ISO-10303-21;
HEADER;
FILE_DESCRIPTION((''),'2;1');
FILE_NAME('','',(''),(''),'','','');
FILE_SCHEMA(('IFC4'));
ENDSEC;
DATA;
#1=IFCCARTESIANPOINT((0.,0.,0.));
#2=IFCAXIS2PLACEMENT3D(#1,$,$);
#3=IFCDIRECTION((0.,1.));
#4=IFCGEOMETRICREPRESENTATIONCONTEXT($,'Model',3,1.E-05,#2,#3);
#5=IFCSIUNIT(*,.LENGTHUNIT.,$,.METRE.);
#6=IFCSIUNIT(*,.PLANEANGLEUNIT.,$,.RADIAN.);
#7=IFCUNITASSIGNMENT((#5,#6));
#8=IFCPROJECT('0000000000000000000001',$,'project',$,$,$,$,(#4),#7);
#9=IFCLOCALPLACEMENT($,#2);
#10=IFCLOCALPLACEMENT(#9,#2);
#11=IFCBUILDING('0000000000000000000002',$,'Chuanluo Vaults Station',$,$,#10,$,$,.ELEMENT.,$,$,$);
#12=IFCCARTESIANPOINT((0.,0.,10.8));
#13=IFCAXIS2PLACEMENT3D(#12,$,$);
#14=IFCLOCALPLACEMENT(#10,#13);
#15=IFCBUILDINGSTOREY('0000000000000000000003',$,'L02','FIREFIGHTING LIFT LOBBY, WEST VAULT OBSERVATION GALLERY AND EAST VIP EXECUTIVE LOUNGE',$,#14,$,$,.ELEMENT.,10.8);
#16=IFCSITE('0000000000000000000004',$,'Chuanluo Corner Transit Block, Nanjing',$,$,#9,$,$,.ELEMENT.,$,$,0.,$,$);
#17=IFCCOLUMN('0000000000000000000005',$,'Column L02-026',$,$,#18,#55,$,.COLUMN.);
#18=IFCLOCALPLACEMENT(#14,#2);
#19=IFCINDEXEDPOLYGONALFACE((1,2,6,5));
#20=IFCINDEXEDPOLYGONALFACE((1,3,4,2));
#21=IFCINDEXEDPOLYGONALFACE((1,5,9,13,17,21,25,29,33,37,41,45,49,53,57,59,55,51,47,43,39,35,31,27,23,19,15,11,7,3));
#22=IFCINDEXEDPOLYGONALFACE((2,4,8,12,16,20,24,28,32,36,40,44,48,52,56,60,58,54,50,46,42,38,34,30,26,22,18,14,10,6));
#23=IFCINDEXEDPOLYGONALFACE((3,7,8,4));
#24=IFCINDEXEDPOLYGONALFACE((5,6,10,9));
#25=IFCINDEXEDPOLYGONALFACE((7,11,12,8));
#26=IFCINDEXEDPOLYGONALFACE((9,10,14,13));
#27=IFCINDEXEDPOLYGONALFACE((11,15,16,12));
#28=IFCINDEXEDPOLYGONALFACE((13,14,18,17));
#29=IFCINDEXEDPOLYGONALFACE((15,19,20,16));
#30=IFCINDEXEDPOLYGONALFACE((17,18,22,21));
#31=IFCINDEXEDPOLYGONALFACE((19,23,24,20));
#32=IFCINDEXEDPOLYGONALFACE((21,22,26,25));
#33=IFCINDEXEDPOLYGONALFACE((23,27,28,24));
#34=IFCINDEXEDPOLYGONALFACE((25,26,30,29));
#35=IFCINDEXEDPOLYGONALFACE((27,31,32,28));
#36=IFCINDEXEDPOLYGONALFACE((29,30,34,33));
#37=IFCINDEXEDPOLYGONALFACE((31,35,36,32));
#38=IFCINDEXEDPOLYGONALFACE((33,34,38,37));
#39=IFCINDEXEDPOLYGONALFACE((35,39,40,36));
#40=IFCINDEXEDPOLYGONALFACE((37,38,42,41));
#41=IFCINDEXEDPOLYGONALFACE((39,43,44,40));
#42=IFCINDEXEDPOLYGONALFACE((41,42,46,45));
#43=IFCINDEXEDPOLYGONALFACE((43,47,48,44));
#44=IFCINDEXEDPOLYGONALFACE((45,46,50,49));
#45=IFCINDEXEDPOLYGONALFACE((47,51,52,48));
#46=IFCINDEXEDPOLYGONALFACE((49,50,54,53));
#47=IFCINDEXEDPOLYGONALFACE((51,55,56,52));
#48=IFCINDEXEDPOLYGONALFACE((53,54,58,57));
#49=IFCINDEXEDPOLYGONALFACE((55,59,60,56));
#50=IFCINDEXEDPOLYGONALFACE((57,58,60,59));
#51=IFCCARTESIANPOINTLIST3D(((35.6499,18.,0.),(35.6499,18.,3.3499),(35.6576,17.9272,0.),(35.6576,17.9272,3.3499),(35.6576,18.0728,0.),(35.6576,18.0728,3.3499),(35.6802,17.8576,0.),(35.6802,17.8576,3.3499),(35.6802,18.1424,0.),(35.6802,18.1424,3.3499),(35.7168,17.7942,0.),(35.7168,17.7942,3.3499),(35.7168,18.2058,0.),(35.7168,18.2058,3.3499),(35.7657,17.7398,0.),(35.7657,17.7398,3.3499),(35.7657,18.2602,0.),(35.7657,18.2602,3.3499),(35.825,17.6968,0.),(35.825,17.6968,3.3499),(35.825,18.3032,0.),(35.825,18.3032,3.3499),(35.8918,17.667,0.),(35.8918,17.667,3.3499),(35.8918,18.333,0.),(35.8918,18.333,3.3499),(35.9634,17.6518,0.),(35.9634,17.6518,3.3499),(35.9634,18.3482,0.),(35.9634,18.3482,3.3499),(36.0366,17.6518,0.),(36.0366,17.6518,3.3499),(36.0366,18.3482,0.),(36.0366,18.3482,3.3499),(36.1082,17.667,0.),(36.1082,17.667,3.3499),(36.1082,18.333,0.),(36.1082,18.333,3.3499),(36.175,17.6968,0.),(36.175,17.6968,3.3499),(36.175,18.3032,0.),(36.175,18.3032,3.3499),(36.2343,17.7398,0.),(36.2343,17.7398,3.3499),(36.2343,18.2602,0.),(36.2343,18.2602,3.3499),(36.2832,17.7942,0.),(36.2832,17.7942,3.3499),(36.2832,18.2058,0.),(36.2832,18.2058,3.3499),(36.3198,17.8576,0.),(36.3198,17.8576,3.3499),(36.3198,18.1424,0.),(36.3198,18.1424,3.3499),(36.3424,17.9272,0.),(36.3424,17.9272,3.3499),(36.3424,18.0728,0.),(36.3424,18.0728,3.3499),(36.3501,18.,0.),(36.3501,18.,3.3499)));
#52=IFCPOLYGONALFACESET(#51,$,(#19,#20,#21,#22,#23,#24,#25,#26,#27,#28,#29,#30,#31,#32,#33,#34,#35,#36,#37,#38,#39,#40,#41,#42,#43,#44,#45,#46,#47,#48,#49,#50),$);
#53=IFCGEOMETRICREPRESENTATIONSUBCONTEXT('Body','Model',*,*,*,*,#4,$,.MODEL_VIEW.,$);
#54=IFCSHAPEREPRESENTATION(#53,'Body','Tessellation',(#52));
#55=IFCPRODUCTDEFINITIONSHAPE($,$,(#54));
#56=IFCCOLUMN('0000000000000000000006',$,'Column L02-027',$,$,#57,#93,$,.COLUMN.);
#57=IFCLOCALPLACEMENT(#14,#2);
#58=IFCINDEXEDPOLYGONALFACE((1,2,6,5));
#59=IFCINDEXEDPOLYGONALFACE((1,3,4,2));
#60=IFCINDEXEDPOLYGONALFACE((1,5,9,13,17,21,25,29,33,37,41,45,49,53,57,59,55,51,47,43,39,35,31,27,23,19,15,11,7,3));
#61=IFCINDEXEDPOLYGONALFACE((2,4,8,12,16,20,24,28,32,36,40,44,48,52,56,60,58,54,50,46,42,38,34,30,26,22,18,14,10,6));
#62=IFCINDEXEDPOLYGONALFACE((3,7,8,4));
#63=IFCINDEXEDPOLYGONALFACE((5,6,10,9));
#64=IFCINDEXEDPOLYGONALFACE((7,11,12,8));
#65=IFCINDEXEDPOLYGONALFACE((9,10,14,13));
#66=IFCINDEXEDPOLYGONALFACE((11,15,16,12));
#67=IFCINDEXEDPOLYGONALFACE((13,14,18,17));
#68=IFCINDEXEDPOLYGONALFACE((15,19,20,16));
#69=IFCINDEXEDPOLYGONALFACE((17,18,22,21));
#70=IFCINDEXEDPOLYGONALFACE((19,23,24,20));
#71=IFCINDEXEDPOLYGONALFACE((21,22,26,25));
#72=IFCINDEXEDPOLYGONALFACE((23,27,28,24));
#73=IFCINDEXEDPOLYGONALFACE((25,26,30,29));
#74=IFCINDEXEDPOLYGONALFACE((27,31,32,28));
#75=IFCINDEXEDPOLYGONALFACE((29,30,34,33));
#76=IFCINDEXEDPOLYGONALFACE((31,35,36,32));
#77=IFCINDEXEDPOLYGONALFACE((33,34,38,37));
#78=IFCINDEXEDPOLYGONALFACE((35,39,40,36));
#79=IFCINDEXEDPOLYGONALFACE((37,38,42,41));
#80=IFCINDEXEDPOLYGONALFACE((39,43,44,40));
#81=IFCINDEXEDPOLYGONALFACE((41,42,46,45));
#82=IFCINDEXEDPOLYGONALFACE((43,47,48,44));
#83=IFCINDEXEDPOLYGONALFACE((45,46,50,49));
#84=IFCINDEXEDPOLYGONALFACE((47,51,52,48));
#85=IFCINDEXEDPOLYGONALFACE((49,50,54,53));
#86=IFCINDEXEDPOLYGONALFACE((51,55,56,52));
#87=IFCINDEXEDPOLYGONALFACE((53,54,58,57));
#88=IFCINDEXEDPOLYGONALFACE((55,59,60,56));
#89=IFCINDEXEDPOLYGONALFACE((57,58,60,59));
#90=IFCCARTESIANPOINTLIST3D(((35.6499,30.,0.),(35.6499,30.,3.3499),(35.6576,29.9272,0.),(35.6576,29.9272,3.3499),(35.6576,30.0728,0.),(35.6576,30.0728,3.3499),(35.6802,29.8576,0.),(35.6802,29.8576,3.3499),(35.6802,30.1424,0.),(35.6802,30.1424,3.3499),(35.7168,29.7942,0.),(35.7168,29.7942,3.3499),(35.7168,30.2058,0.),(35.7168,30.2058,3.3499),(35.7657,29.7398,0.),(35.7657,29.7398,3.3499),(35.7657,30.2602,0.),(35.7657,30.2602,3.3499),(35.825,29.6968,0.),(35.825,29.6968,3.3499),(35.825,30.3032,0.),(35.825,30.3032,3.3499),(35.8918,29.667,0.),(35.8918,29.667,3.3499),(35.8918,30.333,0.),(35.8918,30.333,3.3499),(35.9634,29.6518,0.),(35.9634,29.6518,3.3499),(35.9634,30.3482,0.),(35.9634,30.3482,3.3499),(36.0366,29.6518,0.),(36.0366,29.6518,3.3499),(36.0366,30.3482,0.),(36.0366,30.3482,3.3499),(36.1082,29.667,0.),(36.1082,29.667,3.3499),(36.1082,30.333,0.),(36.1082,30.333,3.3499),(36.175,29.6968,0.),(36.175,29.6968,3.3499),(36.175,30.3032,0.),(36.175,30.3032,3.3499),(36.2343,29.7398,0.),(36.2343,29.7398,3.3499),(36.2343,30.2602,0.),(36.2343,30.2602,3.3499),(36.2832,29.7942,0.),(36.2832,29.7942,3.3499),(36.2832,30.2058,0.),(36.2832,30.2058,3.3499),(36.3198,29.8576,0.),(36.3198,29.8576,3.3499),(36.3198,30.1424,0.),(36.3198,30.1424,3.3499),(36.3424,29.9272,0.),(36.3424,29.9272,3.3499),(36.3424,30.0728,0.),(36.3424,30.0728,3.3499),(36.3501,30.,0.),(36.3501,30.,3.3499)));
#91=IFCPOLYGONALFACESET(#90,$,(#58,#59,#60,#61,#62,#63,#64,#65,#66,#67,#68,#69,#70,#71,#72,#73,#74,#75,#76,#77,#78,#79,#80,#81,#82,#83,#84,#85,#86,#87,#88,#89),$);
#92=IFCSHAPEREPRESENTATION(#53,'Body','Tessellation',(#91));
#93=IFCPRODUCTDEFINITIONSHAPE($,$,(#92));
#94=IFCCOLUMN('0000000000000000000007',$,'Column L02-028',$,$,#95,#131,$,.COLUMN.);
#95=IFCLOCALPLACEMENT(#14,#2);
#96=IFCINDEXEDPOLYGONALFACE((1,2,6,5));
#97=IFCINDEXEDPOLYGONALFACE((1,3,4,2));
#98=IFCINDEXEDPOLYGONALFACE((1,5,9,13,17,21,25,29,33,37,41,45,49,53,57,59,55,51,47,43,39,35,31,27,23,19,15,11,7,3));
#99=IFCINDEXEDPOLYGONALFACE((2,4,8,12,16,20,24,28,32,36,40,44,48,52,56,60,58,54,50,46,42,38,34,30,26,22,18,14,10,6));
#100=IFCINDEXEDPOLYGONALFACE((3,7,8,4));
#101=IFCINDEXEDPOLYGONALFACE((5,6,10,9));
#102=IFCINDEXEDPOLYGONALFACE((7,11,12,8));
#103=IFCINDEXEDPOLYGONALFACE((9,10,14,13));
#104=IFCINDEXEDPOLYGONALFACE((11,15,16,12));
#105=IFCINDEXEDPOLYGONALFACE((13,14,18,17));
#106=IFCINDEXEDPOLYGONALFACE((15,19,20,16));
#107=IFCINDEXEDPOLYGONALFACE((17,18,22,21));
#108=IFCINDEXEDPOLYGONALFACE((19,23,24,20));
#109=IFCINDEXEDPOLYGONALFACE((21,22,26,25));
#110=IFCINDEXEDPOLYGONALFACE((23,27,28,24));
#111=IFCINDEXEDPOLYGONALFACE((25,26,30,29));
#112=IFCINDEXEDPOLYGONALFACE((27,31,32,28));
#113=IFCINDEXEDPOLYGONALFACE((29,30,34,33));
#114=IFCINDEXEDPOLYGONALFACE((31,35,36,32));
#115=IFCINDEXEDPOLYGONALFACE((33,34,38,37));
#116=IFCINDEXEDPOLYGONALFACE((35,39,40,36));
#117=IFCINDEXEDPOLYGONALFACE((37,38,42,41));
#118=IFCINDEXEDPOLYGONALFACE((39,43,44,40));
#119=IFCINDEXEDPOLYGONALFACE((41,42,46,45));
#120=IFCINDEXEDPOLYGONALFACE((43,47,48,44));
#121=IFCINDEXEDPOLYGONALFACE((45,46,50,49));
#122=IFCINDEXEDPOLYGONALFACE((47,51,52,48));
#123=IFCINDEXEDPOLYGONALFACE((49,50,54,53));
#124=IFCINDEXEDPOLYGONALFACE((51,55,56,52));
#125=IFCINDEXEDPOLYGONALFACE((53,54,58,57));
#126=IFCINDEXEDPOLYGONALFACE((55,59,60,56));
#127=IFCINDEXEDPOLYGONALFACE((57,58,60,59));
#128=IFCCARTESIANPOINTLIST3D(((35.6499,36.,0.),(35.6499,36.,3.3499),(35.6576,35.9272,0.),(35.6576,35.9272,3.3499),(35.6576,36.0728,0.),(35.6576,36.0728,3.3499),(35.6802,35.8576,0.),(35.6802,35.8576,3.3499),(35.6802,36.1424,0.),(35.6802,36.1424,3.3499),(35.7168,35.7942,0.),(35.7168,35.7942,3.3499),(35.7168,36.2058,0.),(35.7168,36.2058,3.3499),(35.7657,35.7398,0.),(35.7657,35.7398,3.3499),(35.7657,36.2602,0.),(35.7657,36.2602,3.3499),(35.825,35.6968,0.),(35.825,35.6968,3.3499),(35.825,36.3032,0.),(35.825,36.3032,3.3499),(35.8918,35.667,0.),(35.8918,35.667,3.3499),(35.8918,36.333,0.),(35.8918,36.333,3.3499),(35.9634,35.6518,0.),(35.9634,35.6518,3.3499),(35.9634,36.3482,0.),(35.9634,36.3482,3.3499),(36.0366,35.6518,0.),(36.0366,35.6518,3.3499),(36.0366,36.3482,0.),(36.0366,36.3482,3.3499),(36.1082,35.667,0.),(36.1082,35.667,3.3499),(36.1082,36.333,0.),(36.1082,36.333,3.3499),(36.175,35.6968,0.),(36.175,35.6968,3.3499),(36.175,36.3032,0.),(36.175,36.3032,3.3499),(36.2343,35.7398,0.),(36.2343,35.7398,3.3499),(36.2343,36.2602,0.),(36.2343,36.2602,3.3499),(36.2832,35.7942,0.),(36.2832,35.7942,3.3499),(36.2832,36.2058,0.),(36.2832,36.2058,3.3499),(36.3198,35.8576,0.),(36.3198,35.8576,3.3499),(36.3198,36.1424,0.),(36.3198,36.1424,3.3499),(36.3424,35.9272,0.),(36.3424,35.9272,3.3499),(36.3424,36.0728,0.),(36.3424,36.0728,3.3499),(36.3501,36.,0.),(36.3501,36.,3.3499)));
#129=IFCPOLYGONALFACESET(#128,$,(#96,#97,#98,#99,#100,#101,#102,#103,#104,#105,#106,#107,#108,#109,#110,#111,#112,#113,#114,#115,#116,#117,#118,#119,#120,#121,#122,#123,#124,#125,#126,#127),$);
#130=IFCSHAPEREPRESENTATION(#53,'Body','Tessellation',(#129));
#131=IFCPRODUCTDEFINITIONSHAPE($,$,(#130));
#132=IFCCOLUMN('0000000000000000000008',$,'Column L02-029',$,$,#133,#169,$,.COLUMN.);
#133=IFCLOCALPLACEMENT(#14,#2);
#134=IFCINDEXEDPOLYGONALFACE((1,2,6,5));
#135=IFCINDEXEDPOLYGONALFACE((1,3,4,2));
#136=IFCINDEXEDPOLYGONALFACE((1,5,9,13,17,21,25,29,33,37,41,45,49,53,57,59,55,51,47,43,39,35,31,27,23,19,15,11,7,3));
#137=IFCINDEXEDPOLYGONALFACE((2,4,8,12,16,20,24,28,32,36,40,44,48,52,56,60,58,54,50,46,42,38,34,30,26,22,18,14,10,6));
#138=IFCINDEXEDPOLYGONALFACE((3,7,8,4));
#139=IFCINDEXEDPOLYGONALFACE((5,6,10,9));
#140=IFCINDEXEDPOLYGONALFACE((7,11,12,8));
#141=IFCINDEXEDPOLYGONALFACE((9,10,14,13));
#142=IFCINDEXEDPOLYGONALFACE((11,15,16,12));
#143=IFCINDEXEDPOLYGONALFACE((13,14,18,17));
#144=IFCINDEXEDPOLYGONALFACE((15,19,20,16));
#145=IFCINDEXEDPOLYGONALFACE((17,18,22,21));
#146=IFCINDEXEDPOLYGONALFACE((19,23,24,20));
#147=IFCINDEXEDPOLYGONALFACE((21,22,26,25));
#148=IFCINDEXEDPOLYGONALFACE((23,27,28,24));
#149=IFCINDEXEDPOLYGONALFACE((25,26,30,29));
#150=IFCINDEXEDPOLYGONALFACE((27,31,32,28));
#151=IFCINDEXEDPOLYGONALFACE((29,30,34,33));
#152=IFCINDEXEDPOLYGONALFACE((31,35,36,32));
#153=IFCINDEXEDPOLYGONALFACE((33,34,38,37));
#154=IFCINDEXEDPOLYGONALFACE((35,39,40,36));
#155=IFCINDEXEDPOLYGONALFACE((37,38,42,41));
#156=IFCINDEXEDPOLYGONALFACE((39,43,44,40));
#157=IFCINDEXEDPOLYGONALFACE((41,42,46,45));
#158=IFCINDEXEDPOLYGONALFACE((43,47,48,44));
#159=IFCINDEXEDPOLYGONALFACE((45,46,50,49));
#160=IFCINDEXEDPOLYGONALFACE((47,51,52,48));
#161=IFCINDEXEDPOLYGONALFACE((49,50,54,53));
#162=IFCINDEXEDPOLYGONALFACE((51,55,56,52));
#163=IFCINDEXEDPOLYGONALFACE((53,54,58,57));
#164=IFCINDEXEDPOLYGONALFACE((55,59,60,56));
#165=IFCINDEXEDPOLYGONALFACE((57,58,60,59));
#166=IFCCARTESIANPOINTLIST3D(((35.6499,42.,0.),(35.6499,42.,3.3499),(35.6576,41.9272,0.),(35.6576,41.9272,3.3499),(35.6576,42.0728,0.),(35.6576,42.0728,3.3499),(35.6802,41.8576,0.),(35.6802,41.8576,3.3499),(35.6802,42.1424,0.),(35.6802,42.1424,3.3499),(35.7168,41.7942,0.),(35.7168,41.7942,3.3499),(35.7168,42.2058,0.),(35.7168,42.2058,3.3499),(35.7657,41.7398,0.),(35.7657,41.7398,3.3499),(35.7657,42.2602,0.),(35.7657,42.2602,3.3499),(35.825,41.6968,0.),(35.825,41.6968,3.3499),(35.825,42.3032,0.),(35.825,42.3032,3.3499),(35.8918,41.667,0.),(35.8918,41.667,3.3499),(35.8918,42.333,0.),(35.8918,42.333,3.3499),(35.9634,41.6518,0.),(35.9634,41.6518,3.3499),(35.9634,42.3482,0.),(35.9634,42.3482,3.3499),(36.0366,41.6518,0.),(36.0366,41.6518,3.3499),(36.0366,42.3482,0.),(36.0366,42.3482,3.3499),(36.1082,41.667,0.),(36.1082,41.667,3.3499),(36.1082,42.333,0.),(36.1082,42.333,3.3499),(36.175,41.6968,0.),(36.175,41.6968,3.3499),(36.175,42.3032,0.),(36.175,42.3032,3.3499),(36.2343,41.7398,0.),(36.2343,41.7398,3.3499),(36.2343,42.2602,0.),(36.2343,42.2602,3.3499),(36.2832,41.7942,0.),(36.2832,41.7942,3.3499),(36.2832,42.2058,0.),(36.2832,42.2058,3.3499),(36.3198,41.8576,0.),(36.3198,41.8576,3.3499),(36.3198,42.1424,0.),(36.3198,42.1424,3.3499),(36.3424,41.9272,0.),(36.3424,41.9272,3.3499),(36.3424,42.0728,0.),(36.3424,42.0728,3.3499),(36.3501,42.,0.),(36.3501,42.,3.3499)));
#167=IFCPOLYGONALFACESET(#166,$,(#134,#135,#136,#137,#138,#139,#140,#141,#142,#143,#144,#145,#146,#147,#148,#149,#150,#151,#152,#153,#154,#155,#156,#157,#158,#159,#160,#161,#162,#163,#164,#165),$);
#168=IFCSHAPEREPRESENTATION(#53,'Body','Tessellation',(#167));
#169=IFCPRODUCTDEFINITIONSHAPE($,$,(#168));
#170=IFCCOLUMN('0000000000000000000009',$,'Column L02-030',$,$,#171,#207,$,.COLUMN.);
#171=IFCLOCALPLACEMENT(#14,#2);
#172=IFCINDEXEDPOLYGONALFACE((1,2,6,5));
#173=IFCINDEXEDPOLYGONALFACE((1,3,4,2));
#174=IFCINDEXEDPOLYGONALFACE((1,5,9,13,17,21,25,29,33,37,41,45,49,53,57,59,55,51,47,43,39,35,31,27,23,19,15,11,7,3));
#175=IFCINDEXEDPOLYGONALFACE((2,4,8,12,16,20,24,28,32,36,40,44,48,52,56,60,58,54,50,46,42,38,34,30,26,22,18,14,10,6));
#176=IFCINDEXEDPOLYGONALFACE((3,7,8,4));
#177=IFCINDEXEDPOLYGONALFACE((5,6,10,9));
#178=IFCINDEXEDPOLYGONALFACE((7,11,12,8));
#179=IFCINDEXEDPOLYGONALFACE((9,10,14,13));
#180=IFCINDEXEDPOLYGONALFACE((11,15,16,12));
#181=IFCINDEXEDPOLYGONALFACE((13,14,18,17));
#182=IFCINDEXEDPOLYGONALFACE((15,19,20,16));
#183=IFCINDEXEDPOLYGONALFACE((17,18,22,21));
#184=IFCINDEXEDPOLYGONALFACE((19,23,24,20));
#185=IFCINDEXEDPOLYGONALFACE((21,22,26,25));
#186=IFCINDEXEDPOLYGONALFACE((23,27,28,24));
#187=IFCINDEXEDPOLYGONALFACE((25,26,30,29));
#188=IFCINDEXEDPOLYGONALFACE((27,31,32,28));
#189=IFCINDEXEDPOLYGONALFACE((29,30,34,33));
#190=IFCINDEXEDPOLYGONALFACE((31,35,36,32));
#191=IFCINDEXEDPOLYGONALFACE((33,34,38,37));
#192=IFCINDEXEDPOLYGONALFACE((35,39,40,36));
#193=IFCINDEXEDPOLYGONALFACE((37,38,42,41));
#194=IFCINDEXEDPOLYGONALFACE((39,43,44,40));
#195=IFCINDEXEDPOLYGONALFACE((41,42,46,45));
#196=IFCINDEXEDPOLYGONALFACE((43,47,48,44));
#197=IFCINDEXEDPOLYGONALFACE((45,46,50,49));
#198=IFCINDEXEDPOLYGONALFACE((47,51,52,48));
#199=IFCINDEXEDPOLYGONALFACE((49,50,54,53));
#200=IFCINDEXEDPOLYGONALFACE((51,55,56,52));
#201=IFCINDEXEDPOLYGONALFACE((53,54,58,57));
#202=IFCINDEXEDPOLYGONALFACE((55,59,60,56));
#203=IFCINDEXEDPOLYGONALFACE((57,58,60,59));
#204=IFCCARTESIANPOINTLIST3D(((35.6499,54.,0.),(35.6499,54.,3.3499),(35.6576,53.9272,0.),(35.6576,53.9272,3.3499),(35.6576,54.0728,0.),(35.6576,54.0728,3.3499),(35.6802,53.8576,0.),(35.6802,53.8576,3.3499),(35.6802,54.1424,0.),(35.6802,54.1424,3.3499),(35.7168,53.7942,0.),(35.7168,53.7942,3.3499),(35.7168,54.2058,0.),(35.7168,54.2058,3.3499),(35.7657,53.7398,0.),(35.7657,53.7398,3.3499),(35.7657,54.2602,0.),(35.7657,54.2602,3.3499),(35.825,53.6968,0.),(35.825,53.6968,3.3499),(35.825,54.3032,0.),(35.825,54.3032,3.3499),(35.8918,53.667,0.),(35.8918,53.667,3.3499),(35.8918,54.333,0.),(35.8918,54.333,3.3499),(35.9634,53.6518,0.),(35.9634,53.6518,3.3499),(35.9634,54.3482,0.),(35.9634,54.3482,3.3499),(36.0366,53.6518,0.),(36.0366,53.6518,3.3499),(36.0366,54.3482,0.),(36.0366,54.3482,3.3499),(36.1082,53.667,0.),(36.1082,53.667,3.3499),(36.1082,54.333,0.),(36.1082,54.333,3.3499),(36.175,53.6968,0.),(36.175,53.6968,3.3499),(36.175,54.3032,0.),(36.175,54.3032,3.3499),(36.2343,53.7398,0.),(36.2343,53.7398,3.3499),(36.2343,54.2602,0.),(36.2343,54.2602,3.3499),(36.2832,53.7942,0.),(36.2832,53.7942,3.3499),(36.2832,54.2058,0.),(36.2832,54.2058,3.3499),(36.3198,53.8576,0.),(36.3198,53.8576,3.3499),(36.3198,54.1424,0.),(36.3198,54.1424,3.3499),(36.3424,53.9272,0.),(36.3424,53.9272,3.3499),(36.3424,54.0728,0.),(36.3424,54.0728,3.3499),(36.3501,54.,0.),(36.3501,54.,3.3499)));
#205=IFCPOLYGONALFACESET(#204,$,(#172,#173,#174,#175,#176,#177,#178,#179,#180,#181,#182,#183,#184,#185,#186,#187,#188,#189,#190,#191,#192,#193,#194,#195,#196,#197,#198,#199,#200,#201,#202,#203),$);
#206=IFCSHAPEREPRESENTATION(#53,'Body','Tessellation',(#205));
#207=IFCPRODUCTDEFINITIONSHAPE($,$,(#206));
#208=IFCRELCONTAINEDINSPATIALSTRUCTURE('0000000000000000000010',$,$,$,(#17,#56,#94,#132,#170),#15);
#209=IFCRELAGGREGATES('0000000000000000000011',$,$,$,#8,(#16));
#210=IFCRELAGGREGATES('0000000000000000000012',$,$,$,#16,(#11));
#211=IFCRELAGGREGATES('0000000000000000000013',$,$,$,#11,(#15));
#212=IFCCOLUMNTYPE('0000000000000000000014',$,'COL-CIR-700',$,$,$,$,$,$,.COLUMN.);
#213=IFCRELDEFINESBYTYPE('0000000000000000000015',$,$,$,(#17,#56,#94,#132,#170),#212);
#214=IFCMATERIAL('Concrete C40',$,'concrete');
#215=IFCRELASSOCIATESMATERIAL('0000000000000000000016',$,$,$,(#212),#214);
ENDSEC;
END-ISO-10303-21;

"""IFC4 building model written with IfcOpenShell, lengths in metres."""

from ifc_helpers import new_model, si_unit, direction, frame, origin, origin_2d, place, context, subcontext, project, spatial, circle, extrude, material, material_profile, profile_set, type_object, element, save


model = new_model("IFC4")

# Units and contexts
model_context = context("Model", 3, precision=1e-05, world=origin(), true_north=direction((0.0, 1.0)))
body_context = subcontext(model_context, "Body", "Model", "MODEL_VIEW")
ifc_project = project(units=[si_unit("LENGTHUNIT", "METRE"), si_unit("PLANEANGLEUNIT", "RADIAN")], contexts=[model_context])

# Site, building, storey
site_placement = place(None, origin())
site = spatial("IfcSite", under=ifc_project, at=site_placement, Name="Chuanluo Corner Transit Block, Nanjing", CompositionType="ELEMENT", RefElevation=0.0)
building_placement = place(site_placement, origin())
building = spatial("IfcBuilding", under=site, at=building_placement, Name="Chuanluo Vaults Station", CompositionType="ELEMENT")
storey_placement = place(building_placement, frame((0.0, 0.0, 10.8)))
storey = spatial("IfcBuildingStorey", under=building, at=storey_placement, Name="L02", Description="FIREFIGHTING LIFT LOBBY, WEST VAULT OBSERVATION GALLERY AND EAST VIP EXECUTIVE LOUNGE", CompositionType="ELEMENT", Elevation=10.8)

# Columns
ifc_material_1 = material(Name="Concrete C40", Category="concrete")
ifc_material_profile_1 = material_profile(ifc_material_1, circle(Radius=0.3501, at=origin_2d()))
ifc_profile_set_1 = profile_set([ifc_material_profile_1], Name="Concrete C40")
column_type = type_object("IfcColumnType", Name="COL-CIR-700", PredefinedType="COLUMN", material=ifc_profile_set_1)
for number, where, z_axis, x_axis, name in (
    (1, (36.0, 18.0, 0.0), (0.0, 0.0, 1.0), (1.0, 0.0, 0.0), "Column L02-026"),
    (2, (36.0, 30.0, 0.0), (0.0, 0.0, 1.0), (1.0, 0.0, 0.0), "Column L02-027"),
    (3, (36.0, 36.0, 0.0), (0.0, 0.0, 1.0), (1.0, 0.0, 0.0), "Column L02-028"),
    (4, (36.0, 42.0, 0.0), (0.0, 0.0, 1.0), (1.0, 0.0, 0.0), "Column L02-029"),
    (5, (36.0, 54.0, 0.0), (0.0, 0.0, 1.0), (1.0, 0.0, 0.0), "Column L02-030"),
):
    element("IfcColumn", number, at=place(storey_placement, frame(where, z_axis=z_axis, x_axis=x_axis)), inside=storey, type_object=column_type, Name=name, PredefinedType="COLUMN", context=body_context, shape_type="SweptSolid", body=[
        extrude(circle(Radius=0.3501, at=origin_2d()), origin(), (0.0, 0.0, 1.0), 3.3499),
    ])

save(model, "model.ifc")
